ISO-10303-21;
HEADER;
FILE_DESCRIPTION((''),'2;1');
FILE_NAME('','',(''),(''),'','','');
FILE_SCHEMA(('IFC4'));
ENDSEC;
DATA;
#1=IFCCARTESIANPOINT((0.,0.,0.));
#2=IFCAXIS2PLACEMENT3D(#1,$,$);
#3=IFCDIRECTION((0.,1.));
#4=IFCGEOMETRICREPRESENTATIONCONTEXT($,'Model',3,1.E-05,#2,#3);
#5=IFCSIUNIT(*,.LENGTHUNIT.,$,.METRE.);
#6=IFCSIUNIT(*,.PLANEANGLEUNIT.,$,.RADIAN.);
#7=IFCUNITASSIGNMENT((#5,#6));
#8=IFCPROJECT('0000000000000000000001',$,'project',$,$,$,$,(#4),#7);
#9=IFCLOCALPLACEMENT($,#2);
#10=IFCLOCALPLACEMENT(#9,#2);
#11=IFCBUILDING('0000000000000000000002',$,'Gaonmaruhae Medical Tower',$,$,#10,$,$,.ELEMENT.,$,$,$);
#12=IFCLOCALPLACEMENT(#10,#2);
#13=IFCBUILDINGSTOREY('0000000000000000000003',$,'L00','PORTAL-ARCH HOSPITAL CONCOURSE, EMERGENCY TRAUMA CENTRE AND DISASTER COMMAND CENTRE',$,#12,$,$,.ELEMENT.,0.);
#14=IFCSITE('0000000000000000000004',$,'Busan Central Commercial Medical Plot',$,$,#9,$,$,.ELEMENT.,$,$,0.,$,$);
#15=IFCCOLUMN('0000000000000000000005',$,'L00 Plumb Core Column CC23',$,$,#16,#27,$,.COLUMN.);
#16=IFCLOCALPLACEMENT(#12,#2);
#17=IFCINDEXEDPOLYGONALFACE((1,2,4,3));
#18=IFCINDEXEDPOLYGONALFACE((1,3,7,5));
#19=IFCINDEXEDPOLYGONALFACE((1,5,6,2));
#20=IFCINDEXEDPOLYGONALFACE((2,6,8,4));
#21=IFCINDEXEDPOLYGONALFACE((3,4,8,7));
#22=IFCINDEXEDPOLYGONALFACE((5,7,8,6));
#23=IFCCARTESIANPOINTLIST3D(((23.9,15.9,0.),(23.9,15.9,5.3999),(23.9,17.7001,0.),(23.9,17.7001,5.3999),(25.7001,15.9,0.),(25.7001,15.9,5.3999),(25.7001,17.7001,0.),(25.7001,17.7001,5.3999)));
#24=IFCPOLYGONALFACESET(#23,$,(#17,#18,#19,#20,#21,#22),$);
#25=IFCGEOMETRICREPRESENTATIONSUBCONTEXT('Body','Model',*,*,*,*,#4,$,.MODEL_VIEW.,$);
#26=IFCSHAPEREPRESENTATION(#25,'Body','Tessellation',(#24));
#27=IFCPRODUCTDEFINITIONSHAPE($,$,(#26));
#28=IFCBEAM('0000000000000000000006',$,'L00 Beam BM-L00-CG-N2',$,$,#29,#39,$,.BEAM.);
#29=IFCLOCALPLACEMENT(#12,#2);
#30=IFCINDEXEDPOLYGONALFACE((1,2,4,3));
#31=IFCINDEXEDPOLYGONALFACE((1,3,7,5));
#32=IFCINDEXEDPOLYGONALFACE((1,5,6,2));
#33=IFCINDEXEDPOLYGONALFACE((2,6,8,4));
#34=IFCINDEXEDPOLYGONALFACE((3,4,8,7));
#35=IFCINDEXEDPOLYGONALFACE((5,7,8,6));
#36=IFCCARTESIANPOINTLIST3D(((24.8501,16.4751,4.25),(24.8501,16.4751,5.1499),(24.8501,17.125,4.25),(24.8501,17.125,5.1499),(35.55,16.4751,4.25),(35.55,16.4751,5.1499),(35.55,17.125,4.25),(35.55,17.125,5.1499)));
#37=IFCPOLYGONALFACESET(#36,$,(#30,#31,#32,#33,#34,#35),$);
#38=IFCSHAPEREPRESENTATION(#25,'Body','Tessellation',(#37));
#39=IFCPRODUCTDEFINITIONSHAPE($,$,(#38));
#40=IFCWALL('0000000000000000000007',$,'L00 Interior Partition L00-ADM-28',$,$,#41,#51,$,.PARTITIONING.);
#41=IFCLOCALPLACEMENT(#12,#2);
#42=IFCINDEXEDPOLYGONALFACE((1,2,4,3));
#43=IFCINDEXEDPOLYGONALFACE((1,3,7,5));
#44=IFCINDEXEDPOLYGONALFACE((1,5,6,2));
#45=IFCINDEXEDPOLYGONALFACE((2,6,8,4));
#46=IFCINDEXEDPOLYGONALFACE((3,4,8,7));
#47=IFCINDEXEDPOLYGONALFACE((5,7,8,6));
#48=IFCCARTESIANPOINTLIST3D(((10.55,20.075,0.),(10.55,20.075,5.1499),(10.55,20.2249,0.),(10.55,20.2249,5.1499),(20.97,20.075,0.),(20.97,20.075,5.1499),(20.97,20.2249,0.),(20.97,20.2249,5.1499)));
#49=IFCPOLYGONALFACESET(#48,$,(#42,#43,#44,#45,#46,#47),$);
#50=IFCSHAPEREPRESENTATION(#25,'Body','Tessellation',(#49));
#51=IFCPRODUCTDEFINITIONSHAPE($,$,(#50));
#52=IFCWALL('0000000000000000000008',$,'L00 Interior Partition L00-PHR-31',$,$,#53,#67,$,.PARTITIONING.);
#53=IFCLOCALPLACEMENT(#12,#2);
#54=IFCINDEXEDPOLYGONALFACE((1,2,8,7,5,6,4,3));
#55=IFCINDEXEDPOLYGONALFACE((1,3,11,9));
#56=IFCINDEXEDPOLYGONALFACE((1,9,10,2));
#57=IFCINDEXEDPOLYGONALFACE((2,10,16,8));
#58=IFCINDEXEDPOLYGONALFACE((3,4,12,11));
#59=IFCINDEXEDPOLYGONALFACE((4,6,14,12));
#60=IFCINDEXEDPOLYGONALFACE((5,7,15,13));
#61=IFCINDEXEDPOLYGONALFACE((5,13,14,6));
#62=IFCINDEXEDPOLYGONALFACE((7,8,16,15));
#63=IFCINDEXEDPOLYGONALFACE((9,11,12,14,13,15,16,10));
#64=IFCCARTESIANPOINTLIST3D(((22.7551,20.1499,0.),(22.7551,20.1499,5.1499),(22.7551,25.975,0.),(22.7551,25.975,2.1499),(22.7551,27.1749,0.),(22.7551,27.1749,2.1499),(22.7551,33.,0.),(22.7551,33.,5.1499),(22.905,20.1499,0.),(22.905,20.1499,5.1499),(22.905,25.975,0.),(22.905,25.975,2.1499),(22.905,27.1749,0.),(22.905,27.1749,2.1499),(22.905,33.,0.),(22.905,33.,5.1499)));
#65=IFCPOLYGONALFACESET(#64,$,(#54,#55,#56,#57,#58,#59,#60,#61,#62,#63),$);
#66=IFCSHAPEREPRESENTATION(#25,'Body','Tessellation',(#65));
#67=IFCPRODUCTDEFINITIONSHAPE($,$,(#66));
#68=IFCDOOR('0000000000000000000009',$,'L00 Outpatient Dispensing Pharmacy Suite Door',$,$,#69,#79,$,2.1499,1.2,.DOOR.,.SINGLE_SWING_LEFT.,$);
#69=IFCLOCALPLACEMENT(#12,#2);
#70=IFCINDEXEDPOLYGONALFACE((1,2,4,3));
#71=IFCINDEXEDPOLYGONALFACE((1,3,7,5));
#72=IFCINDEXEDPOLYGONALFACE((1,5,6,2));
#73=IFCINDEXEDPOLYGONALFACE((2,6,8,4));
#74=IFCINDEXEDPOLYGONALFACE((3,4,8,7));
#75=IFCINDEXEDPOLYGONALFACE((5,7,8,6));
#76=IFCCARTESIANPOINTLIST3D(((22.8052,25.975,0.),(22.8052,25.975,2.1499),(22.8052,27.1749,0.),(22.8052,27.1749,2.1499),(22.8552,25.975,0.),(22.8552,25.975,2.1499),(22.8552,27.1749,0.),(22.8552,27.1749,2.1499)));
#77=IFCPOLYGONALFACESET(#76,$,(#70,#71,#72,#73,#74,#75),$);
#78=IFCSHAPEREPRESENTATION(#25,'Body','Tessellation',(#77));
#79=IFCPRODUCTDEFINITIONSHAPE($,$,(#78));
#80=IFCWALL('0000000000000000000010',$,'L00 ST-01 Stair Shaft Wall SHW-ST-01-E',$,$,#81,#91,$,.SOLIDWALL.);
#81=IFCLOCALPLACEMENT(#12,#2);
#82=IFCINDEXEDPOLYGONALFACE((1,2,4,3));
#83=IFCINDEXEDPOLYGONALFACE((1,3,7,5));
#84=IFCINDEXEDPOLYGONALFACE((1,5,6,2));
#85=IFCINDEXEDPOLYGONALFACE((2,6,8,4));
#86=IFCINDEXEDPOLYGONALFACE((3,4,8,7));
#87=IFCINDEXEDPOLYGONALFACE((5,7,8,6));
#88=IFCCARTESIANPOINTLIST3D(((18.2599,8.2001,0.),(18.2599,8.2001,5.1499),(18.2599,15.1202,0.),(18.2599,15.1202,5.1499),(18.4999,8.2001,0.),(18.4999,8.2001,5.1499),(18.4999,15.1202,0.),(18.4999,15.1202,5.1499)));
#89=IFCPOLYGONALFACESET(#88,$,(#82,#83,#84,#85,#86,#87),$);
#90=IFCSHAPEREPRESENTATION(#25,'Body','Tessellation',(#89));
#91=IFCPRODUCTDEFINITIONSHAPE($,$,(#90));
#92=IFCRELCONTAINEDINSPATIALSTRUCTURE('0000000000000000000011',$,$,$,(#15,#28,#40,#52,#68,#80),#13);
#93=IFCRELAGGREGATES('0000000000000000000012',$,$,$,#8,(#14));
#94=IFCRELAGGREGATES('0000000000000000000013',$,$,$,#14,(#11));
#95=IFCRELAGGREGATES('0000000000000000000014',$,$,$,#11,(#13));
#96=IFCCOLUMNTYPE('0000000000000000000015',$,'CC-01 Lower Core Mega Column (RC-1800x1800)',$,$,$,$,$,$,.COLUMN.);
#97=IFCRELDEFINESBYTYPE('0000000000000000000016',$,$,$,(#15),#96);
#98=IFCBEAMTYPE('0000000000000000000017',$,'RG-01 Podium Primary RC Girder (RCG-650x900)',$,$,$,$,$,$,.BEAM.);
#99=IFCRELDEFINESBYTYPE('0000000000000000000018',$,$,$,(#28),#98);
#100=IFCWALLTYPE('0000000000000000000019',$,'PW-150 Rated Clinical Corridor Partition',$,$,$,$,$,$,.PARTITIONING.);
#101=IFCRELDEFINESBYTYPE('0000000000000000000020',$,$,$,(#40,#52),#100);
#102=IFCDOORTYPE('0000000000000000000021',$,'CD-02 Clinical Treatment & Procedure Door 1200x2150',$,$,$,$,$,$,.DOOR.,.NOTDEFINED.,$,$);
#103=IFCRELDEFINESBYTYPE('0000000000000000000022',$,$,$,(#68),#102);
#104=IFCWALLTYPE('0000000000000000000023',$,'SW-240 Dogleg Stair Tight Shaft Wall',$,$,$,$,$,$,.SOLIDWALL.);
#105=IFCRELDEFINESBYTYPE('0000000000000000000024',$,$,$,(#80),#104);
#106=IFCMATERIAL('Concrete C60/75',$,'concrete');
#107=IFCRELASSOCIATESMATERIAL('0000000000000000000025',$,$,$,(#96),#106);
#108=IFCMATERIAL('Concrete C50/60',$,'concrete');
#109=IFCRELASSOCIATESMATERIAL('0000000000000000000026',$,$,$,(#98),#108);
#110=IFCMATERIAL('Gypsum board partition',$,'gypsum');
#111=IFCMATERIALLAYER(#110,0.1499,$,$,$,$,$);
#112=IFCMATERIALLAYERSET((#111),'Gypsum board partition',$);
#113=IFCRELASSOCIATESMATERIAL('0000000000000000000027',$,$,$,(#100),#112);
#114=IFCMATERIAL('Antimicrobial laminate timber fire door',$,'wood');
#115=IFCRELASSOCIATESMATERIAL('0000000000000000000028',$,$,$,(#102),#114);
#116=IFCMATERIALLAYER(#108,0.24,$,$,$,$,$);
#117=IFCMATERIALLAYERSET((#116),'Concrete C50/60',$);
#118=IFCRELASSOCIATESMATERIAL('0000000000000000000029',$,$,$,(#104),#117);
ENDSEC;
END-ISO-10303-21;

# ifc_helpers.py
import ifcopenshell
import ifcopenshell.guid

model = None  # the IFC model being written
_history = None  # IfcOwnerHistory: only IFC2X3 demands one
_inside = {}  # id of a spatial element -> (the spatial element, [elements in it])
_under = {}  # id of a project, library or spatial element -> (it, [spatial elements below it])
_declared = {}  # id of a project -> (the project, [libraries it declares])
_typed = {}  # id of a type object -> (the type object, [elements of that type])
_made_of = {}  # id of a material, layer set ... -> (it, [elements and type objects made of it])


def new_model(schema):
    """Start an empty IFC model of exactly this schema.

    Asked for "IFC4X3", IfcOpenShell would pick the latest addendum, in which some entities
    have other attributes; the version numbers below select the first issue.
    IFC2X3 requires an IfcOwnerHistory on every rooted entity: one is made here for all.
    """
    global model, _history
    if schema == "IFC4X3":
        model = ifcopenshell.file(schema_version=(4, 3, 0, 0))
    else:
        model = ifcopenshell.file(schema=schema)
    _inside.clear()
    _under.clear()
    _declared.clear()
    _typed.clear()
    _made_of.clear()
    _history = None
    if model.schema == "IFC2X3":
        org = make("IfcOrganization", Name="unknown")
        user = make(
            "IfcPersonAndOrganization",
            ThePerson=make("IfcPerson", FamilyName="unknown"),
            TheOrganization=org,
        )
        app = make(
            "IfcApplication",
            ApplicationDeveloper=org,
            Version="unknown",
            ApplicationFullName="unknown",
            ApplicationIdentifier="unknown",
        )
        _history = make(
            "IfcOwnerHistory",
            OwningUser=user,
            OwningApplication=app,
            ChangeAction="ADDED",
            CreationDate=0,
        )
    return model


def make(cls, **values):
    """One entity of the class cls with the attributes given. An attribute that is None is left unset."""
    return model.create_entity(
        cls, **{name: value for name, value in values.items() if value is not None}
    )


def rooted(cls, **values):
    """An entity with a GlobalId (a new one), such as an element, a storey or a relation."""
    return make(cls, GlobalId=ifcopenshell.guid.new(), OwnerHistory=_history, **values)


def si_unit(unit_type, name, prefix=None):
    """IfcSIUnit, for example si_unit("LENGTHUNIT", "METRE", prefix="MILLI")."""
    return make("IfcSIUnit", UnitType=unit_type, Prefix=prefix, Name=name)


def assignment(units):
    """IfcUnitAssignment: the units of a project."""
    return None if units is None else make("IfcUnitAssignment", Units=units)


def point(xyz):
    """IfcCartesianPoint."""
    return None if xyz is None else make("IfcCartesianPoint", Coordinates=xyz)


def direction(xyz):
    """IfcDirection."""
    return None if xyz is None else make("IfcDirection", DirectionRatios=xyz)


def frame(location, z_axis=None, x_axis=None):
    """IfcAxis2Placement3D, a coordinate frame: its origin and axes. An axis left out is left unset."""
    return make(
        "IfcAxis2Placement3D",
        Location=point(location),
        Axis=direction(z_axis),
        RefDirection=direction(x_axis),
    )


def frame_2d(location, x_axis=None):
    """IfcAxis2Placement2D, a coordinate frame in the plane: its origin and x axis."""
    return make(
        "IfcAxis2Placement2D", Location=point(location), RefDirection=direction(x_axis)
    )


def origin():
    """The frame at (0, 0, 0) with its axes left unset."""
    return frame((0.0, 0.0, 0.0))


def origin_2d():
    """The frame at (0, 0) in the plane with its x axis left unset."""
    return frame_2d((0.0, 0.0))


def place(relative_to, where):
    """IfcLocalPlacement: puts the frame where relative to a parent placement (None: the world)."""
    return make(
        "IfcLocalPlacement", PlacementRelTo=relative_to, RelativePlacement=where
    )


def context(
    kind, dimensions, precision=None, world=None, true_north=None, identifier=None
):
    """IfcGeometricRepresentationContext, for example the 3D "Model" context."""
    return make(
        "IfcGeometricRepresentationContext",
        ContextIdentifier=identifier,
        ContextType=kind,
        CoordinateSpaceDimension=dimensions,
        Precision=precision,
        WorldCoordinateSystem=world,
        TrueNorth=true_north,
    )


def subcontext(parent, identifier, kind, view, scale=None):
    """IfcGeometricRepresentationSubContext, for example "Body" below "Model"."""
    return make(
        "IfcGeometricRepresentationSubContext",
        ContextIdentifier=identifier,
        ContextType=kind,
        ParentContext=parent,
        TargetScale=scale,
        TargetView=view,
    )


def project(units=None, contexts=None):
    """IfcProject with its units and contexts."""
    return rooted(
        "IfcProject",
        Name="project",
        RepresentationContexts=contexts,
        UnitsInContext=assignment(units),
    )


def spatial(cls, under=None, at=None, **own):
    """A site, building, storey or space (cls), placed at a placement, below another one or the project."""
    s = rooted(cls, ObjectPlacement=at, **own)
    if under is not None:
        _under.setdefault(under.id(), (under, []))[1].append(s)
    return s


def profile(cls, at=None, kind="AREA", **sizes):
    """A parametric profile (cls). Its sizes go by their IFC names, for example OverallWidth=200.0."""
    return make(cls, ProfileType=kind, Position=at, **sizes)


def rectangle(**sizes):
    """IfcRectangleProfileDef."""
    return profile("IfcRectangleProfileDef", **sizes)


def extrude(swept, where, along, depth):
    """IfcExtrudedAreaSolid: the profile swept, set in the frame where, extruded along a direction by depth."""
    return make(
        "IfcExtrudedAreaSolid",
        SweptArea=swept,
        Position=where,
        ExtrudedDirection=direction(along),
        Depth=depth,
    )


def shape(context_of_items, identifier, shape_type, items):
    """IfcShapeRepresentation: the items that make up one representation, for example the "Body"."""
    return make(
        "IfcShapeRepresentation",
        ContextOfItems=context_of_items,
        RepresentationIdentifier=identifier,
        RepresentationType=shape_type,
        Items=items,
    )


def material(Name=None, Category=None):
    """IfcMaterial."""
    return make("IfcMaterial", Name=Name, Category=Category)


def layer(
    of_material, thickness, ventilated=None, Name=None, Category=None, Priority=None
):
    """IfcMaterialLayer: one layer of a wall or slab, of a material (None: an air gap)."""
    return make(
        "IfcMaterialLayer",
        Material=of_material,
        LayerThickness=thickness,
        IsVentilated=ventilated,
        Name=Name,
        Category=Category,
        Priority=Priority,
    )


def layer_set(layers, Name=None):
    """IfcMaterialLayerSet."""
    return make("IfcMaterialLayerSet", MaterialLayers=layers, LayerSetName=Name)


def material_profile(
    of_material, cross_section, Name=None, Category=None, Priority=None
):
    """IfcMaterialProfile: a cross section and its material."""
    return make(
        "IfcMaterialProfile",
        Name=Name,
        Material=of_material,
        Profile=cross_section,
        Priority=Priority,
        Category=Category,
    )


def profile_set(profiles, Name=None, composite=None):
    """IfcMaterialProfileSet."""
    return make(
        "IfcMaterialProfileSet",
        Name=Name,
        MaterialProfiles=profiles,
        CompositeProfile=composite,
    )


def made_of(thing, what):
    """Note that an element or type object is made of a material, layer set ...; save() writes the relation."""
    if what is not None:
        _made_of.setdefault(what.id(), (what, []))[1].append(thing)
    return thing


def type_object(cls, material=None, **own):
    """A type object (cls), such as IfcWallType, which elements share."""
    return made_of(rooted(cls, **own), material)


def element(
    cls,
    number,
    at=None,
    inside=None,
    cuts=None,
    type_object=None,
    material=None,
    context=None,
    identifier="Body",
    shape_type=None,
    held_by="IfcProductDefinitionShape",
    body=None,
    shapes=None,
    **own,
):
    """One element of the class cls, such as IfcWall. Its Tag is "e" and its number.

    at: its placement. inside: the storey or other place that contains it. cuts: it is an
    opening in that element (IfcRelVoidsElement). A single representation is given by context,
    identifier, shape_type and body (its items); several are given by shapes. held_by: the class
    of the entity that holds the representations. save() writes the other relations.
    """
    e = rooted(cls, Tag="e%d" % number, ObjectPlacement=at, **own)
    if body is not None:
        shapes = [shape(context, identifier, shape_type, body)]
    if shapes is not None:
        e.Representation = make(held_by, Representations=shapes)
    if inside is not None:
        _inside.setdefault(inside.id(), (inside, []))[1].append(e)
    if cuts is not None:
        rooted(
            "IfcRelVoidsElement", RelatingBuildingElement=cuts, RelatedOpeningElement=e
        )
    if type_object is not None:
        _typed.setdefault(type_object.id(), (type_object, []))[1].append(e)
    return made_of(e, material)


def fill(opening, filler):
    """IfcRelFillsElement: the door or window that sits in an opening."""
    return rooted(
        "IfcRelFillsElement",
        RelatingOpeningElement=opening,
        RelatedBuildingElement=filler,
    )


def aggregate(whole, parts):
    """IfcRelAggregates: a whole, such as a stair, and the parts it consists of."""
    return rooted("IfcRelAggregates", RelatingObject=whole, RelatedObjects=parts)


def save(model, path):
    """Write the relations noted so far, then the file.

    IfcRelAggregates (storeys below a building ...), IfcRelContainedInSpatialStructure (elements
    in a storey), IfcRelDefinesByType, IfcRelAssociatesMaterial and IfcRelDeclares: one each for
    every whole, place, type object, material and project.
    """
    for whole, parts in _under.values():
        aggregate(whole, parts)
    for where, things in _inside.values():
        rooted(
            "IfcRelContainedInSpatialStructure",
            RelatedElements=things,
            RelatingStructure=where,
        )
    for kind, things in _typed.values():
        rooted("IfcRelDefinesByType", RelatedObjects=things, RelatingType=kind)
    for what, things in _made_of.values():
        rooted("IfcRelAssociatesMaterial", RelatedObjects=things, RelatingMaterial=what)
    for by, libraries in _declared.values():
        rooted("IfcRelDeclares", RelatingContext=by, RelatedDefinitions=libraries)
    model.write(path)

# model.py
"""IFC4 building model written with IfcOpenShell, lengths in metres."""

from ifc_helpers import new_model, si_unit, direction, frame, frame_2d, origin, origin_2d, place, context, subcontext, project, spatial, rectangle, extrude, material, layer, layer_set, material_profile, profile_set, type_object, element, fill, save


model = new_model("IFC4")

# Units and contexts
model_context = context("Model", 3, precision=1e-05, world=origin(), true_north=direction((0.0, 1.0)))
body_context = subcontext(model_context, "Body", "Model", "MODEL_VIEW")
ifc_project = project(units=[si_unit("LENGTHUNIT", "METRE"), si_unit("PLANEANGLEUNIT", "RADIAN")], contexts=[model_context])

# Site, building, storey
site_placement = place(None, origin())
site = spatial("IfcSite", under=ifc_project, at=site_placement, Name="Busan Central Commercial Medical Plot", CompositionType="ELEMENT", RefElevation=0.0)
building_placement = place(site_placement, origin())
building = spatial("IfcBuilding", under=site, at=building_placement, Name="Gaonmaruhae Medical Tower", CompositionType="ELEMENT")
storey_placement = place(building_placement, origin())
storey = spatial("IfcBuildingStorey", under=building, at=storey_placement, Name="L00", Description="PORTAL-ARCH HOSPITAL CONCOURSE, EMERGENCY TRAUMA CENTRE AND DISASTER COMMAND CENTRE", CompositionType="ELEMENT", Elevation=0.0)

# Column
ifc_material_1 = material(Name="Concrete C60/75", Category="concrete")
ifc_material_profile_1 = material_profile(ifc_material_1, rectangle(XDim=1.8, YDim=1.8, at=origin_2d()), Name="RC-1800x1800")
ifc_profile_set_1 = profile_set([ifc_material_profile_1], Name="Concrete C60/75")
column_type = type_object("IfcColumnType", Name="CC-01 Lower Core Mega Column (RC-1800x1800)", PredefinedType="COLUMN", material=ifc_profile_set_1)
column_placement = place(storey_placement, frame((24.8, 16.8, 0.0), z_axis=(0.0, 0.0, 1.0), x_axis=(1.0, 0.0, 0.0)))
element("IfcColumn", 1, at=column_placement, inside=storey, type_object=column_type, Name="L00 Plumb Core Column CC23", PredefinedType="COLUMN", context=body_context, shape_type="SweptSolid", body=[
    extrude(rectangle(XDim=1.8, YDim=1.8, at=origin_2d()), origin(), (0.0, 0.0, 1.0), 5.3999),
])

# Beam
ifc_material_2 = material(Name="Concrete C50/60", Category="concrete")
ifc_material_profile_2 = material_profile(ifc_material_2, rectangle(XDim=0.6499, YDim=0.8999, at=origin_2d()), Name="RCG-650x900")
ifc_profile_set_2 = profile_set([ifc_material_profile_2], Name="Concrete C50/60")
beam_type = type_object("IfcBeamType", Name="RG-01 Podium Primary RC Girder (RCG-650x900)", PredefinedType="BEAM", material=ifc_profile_set_2)
beam_placement = place(storey_placement, frame((24.8501, 16.8, 4.7), z_axis=(1.0, 0.0, 0.0), x_axis=(0.0, 1.0, 0.0)))
element("IfcBeam", 2, at=beam_placement, inside=storey, type_object=beam_type, Name="L00 Beam BM-L00-CG-N2", PredefinedType="BEAM", context=body_context, shape_type="SweptSolid", body=[
    extrude(rectangle(XDim=0.6499, YDim=0.8999, at=origin_2d()), origin(), (0.0, 0.0, 1.0), 10.7),
])

# Wall
ifc_material_3 = material(Name="Gypsum board partition", Category="gypsum")
ifc_layer_1 = layer(ifc_material_3, 0.1499)
ifc_layer_set_1 = layer_set([ifc_layer_1], Name="Gypsum board partition")
wall_type_1 = type_object("IfcWallType", Name="PW-150 Rated Clinical Corridor Partition", PredefinedType="PARTITIONING", material=ifc_layer_set_1)
wall_1_placement = place(storey_placement, frame((20.97, 20.1499, 0.0), z_axis=(0.0, 0.0, 1.0), x_axis=(-1.0, 0.0, 0.0)))
element("IfcWall", 3, at=wall_1_placement, inside=storey, type_object=wall_type_1, Name="L00 Interior Partition L00-ADM-28", PredefinedType="PARTITIONING", context=body_context, shape_type="SweptSolid", body=[
    extrude(rectangle(XDim=10.4199, YDim=0.1499, at=frame_2d((5.21, 0.0))), origin(), (0.0, 0.0, 1.0), 5.1499),
])

# Wall, opening, door
wall_2_placement = place(storey_placement, frame((22.8301, 20.1499, 0.0), z_axis=(0.0, 0.0, 1.0), x_axis=(0.0, 1.0, 0.0)))
wall_2 = element("IfcWall", 4, at=wall_2_placement, inside=storey, type_object=wall_type_1, Name="L00 Interior Partition L00-PHR-31", PredefinedType="PARTITIONING", context=body_context, shape_type="SweptSolid", body=[
    extrude(rectangle(XDim=12.8501, YDim=0.1499, at=frame_2d((6.425, 0.0))), origin(), (0.0, 0.0, 1.0), 5.1499),
])
opening_1_placement = place(wall_2_placement, frame((5.825, 0.0, 0.0)))
opening_1 = element("IfcOpeningElement", 5, at=opening_1_placement, cuts=wall_2, PredefinedType="OPENING", context=body_context, shape_type="SweptSolid", body=[
    extrude(rectangle(XDim=1.2, YDim=2.1499, at=frame_2d((0.6001, 1.075))), frame((0.0, 0.085, 0.0), z_axis=(0.0, -1.0, 0.0), x_axis=(1.0, 0.0, 0.0)), (0.0, 0.0, 1.0), 0.1699),
])
ifc_material_4 = material(Name="Antimicrobial laminate timber fire door", Category="wood")
door_type_1 = type_object("IfcDoorType", Name="CD-02 Clinical Treatment & Procedure Door 1200x2150", OperationType="NOTDEFINED", PredefinedType="DOOR", material=ifc_material_4)
door_1_placement = place(opening_1_placement, origin())
door_1 = element("IfcDoor", 6, at=door_1_placement, inside=storey, type_object=door_type_1, Name="L00 Outpatient Dispensing Pharmacy Suite Door", OperationType="SINGLE_SWING_LEFT", OverallHeight=2.1499, OverallWidth=1.2, PredefinedType="DOOR", context=body_context, shape_type="SweptSolid", body=[
    extrude(rectangle(XDim=1.2, YDim=2.1499, at=frame_2d((0.6001, 1.075))), frame((0.0, 0.0249, 0.0), z_axis=(0.0, -1.0, 0.0), x_axis=(1.0, 0.0, 0.0)), (0.0, 0.0, 1.0), 0.05),
])
fill(opening_1, door_1)
ifc_layer_2 = layer(ifc_material_2, 0.24)
ifc_layer_set_2 = layer_set([ifc_layer_2], Name="Concrete C50/60")
wall_type_2 = type_object("IfcWallType", Name="SW-240 Dogleg Stair Tight Shaft Wall", PredefinedType="SOLIDWALL", material=ifc_layer_set_2)

# Wall
wall_3_placement = place(storey_placement, frame((18.3799, 15.1201, 0.0), z_axis=(0.0, 0.0, 1.0), x_axis=(0.0, -1.0, 0.0)))
element("IfcWall", 7, at=wall_3_placement, inside=storey, type_object=wall_type_2, Name="L00 ST-01 Stair Shaft Wall SHW-ST-01-E", PredefinedType="SOLIDWALL", context=body_context, shape_type="SweptSolid", body=[
    extrude(rectangle(XDim=6.9202, YDim=0.24, at=frame_2d((3.46, 0.0))), origin(), (0.0, 0.0, 1.0), 5.1499),
])

save(model, "model.ifc")
